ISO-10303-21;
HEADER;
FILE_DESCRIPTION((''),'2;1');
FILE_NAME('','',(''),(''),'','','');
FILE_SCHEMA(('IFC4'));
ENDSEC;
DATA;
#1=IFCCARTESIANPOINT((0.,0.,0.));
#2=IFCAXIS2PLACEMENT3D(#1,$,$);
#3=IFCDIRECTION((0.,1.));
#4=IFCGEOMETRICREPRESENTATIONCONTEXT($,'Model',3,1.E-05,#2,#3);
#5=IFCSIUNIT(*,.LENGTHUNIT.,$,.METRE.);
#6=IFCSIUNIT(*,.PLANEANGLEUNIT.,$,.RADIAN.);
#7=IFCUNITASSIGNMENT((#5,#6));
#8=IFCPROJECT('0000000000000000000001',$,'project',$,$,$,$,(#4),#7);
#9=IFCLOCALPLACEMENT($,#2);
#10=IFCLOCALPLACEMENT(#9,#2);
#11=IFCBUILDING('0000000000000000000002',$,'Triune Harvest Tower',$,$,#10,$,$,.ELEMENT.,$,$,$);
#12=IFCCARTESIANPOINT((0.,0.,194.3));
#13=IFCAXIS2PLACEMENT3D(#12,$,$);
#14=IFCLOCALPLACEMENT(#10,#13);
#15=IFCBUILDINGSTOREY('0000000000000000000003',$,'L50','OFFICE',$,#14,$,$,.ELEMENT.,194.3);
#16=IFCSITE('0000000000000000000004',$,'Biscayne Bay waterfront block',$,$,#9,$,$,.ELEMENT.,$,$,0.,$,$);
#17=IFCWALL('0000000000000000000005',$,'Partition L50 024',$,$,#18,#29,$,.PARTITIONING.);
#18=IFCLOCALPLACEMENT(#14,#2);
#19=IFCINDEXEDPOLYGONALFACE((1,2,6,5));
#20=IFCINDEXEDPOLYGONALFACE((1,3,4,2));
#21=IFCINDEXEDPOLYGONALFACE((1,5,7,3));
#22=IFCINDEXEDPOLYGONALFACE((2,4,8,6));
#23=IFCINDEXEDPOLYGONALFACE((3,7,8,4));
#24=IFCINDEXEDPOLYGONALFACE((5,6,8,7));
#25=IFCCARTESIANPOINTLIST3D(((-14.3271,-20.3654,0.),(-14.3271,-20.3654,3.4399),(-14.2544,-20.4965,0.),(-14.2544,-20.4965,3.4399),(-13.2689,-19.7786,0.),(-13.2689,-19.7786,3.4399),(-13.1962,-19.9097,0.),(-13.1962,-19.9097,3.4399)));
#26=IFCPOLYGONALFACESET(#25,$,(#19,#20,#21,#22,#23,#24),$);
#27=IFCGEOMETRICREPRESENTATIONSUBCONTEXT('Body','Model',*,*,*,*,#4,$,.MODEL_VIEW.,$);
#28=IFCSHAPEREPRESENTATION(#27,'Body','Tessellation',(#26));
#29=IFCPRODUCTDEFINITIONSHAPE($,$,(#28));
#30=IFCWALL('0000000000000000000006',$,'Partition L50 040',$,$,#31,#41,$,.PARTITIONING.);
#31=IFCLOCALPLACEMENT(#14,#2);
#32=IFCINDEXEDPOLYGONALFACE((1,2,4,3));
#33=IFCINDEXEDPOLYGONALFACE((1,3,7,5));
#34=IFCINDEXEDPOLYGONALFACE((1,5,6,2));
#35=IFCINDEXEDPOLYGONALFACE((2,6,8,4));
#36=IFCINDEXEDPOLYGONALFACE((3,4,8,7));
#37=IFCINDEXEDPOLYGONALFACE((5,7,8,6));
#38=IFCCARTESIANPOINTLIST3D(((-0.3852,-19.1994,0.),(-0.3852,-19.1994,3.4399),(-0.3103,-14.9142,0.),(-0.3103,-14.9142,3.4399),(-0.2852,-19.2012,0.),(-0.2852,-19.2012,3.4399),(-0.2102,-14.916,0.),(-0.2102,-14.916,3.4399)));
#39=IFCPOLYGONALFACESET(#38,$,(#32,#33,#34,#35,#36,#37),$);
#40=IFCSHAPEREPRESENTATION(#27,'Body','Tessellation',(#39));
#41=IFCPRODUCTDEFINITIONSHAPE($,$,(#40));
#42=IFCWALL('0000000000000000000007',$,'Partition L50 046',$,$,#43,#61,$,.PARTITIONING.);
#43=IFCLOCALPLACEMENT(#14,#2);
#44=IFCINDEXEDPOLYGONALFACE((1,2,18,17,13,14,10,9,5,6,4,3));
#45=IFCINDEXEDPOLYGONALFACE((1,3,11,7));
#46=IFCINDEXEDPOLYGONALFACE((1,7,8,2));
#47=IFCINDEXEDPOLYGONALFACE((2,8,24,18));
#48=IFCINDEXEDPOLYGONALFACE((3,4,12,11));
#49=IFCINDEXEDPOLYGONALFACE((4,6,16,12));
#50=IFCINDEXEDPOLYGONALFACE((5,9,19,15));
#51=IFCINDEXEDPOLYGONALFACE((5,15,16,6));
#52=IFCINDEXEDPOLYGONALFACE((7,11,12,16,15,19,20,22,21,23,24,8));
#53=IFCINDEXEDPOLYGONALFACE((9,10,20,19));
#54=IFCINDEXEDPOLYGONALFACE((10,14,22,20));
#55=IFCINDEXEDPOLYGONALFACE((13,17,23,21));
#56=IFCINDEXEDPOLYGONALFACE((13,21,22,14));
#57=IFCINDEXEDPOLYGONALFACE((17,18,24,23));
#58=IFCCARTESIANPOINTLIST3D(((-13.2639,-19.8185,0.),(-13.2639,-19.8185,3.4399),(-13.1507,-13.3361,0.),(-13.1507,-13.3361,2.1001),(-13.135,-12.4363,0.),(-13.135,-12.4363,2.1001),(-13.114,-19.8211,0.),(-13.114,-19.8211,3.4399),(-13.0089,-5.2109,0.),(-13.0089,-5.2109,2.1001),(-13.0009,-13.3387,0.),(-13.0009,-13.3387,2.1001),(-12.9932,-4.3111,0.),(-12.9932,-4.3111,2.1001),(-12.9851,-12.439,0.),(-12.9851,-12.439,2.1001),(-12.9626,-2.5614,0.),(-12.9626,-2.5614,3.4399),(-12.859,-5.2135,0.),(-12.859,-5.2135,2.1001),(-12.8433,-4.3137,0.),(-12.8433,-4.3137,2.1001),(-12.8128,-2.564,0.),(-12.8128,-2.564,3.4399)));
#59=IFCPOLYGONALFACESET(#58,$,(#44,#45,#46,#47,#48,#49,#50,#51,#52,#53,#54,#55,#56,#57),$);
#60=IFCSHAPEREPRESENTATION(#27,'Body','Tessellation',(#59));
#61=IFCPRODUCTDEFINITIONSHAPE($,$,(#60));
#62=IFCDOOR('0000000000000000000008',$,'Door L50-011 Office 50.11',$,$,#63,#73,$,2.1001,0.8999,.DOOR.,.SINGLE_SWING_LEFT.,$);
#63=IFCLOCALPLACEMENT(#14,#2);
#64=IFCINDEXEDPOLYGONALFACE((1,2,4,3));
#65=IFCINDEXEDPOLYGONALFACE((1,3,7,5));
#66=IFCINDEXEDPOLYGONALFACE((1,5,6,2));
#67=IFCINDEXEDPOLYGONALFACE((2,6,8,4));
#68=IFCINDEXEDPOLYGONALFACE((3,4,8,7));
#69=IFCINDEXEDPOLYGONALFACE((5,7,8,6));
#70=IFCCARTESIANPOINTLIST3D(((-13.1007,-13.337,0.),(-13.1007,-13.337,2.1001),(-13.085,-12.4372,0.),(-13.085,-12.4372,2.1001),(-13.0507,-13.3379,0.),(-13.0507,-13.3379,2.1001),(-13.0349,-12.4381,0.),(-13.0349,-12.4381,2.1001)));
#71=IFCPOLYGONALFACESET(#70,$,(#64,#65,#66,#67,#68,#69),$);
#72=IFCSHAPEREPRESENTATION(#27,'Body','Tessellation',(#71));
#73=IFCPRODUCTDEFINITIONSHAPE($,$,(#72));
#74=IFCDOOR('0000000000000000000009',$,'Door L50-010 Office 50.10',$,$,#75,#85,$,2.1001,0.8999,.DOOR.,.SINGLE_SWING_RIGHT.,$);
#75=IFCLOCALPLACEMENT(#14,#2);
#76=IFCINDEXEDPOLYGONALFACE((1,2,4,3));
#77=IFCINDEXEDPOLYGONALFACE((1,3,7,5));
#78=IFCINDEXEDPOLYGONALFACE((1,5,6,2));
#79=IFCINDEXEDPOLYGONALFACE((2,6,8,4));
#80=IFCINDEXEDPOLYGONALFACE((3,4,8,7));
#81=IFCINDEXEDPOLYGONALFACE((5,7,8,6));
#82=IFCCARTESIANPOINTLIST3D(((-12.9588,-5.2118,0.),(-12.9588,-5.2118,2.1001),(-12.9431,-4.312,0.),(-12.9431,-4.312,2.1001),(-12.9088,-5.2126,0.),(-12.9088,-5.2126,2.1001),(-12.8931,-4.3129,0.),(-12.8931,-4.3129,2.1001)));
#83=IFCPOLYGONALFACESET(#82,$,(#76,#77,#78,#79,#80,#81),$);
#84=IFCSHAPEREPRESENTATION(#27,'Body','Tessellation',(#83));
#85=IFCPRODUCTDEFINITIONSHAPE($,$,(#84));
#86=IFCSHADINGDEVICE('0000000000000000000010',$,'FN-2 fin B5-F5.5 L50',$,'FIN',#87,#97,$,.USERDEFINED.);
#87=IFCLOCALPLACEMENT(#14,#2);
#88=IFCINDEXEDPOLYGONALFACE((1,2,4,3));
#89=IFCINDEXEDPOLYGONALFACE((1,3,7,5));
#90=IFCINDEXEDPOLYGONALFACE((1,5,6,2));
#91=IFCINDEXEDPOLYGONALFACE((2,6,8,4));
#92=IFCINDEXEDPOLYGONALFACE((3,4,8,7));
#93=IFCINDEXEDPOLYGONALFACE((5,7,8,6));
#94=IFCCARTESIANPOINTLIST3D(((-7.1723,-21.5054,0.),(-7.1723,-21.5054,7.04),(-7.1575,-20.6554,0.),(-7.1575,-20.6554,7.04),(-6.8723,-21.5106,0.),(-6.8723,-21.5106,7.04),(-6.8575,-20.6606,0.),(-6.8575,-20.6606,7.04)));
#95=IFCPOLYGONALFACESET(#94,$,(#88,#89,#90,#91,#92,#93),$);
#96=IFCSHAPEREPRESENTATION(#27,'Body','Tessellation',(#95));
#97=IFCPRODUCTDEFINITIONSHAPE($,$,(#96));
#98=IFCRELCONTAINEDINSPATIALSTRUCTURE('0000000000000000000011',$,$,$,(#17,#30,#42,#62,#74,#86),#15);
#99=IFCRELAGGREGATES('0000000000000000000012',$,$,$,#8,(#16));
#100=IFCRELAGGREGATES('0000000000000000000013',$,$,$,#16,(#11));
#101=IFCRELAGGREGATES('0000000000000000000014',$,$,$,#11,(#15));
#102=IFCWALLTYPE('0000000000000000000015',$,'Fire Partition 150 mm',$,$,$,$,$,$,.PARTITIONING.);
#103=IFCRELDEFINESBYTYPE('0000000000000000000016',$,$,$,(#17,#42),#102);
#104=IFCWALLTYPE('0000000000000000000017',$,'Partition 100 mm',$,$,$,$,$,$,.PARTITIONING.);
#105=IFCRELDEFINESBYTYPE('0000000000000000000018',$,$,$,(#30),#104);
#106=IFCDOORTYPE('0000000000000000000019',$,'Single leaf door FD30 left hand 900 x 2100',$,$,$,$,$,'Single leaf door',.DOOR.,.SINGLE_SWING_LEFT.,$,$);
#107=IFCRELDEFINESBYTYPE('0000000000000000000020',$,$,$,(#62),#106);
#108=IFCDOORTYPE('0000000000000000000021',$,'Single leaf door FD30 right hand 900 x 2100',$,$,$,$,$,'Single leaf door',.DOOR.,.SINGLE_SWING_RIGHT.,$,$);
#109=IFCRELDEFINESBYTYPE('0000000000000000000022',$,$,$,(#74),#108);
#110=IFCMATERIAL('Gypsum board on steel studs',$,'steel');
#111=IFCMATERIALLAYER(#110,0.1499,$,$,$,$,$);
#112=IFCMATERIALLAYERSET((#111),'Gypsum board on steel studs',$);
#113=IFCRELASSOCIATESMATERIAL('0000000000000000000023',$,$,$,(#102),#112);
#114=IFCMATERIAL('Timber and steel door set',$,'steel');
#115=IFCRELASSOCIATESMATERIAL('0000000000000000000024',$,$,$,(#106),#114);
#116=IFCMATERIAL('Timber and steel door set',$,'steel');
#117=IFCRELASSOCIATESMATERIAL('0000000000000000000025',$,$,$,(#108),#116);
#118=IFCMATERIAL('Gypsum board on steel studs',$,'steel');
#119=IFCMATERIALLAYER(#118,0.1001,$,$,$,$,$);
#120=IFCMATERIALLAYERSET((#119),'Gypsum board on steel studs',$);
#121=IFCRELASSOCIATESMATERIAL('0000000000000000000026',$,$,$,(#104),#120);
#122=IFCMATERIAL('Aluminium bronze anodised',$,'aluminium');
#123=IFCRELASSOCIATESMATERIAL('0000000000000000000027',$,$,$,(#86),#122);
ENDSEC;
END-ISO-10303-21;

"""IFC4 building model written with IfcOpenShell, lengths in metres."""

from ifc_helpers import new_model, si_unit, direction, frame, frame_2d, origin, origin_2d, place, context, subcontext, project, spatial, rectangle, extrude, source, transform, mapped, material, layer, layer_set, type_object, element, fill, save


model = new_model("IFC4")

# Units and contexts
model_context = context("Model", 3, precision=1e-05, world=origin(), true_north=direction((0.0, 1.0)))
body_context = subcontext(model_context, "Body", "Model", "MODEL_VIEW")
ifc_project = project(units=[si_unit("LENGTHUNIT", "METRE"), si_unit("PLANEANGLEUNIT", "RADIAN")], contexts=[model_context])

# Site, building, storey
site_placement = place(None, origin())
site = spatial("IfcSite", under=ifc_project, at=site_placement, Name="Biscayne Bay waterfront block", CompositionType="ELEMENT", RefElevation=0.0)
building_placement = place(site_placement, origin())
building = spatial("IfcBuilding", under=site, at=building_placement, Name="Triune Harvest Tower", CompositionType="ELEMENT")
storey_placement = place(building_placement, frame((0.0, 0.0, 194.3)))
storey = spatial("IfcBuildingStorey", under=building, at=storey_placement, Name="L50", Description="OFFICE", CompositionType="ELEMENT", Elevation=194.3)

# Shared definitions
ifc_material_1 = material(Name="Gypsum board on steel studs", Category="steel")
ifc_layer_1 = layer(ifc_material_1, 0.1499)
ifc_layer_set_1 = layer_set([ifc_layer_1], Name="Gypsum board on steel studs")
wall_type_1 = type_object("IfcWallType", Name="Fire Partition 150 mm", PredefinedType="PARTITIONING", material=ifc_layer_set_1)
ifc_material_2 = material(Name="Timber and steel door set", Category="steel")
door_type_1 = type_object("IfcDoorType", Name="Single leaf door FD30 left hand 900 x 2100", ElementType="Single leaf door", OperationType="SINGLE_SWING_LEFT", PredefinedType="DOOR", material=ifc_material_2)
ifc_material_3 = material(Name="Timber and steel door set", Category="steel")
door_type_2 = type_object("IfcDoorType", Name="Single leaf door FD30 right hand 900 x 2100", ElementType="Single leaf door", OperationType="SINGLE_SWING_RIGHT", PredefinedType="DOOR", material=ifc_material_3)

# Walls
ifc_material_4 = material(Name="Gypsum board on steel studs", Category="steel")
ifc_layer_2 = layer(ifc_material_4, 0.1001)
ifc_layer_set_2 = layer_set([ifc_layer_2], Name="Gypsum board on steel studs")
wall_type_2 = type_object("IfcWallType", Name="Partition 100 mm", PredefinedType="PARTITIONING", material=ifc_layer_set_2)
shared_shape_1 = source(origin(), body_context, "Body", "SweptSolid", [
    extrude(rectangle(XDim=1.21, YDim=0.1499, at=frame_2d((0.605, 0.0))), origin(), (0.0, 0.0, 1.0), 3.4399),
])
wall_1_placement = place(storey_placement, frame((-14.2908, -20.4309, 0.0), z_axis=(0.0, 0.0, 1.0), x_axis=(0.874566, 0.484906, 0.0)))
element("IfcWall", 1, at=wall_1_placement, inside=storey, type_object=wall_type_1, Name="Partition L50 024", PredefinedType="PARTITIONING", context=body_context, shape_type="MappedRepresentation", body=[
    mapped(shared_shape_1, transform((0.0, 0.0, 0.0), scale=1.0)),
])
shared_shape_2 = source(origin(), body_context, "Body", "SweptSolid", [
    extrude(rectangle(XDim=4.2859, YDim=0.1001, at=frame_2d((2.1431, 0.0))), origin(), (0.0, 0.0, 1.0), 3.4399),
])
wall_2_placement = place(storey_placement, frame((-0.3352, -19.2004, 0.0), z_axis=(0.0, 0.0, 1.0), x_axis=(0.017488, 0.999847, 0.0)))
element("IfcWall", 2, at=wall_2_placement, inside=storey, type_object=wall_type_2, Name="Partition L50 040", PredefinedType="PARTITIONING", context=body_context, shape_type="MappedRepresentation", body=[
    mapped(shared_shape_2, transform((0.0, 0.0, 0.0), scale=1.0)),
])

# Wall, openings, doors
shared_shape_3 = source(origin(), body_context, "Body", "SweptSolid", [
    extrude(rectangle(XDim=17.2598, YDim=0.1499, at=frame_2d((8.6299, 0.0))), origin(), (0.0, 0.0, 1.0), 3.4399),
])
wall_3_placement = place(storey_placement, frame((-13.189, -19.8198, 0.0), z_axis=(0.0, 0.0, 1.0), x_axis=(0.017455, 0.999848, 0.0)))
wall_3 = element("IfcWall", 3, at=wall_3_placement, inside=storey, type_object=wall_type_1, Name="Partition L50 046", PredefinedType="PARTITIONING", context=body_context, shape_type="MappedRepresentation", body=[
    mapped(shared_shape_3, transform((0.0, 0.0, 0.0), scale=1.0)),
])
opening_1_placement = place(wall_3_placement, frame((14.6099, 0.0, 0.0)))
opening_1 = element("IfcOpeningElement", 4, at=opening_1_placement, cuts=wall_3, PredefinedType="OPENING", context=body_context, shape_type="SweptSolid", body=[
    extrude(rectangle(XDim=0.8999, YDim=2.1001, at=frame_2d((0.45, 1.05))), frame((0.0, 0.085, 0.0), z_axis=(0.0, -1.0, 0.0), x_axis=(1.0, 0.0, 0.0)), (0.0, 0.0, 1.0), 0.1699),
])
opening_2_placement = place(wall_3_placement, frame((6.4834, 0.0, 0.0)))
opening_2 = element("IfcOpeningElement", 5, at=opening_2_placement, cuts=wall_3, PredefinedType="OPENING", context=body_context, shape_type="SweptSolid", body=[
    extrude(rectangle(XDim=0.8999, YDim=2.1001, at=frame_2d((0.45, 1.05))), frame((0.0, 0.085, 0.0), z_axis=(0.0, -1.0, 0.0), x_axis=(1.0, 0.0, 0.0)), (0.0, 0.0, 1.0), 0.1699),
])
door_1_placement = place(opening_2_placement, origin())
door_1 = element("IfcDoor", 6, at=door_1_placement, inside=storey, type_object=door_type_1, Name="Door L50-011 Office 50.11", OperationType="SINGLE_SWING_LEFT", OverallHeight=2.1001, OverallWidth=0.8999, PredefinedType="DOOR", context=body_context, shape_type="SweptSolid", body=[
    extrude(rectangle(XDim=0.8999, YDim=2.1001, at=frame_2d((0.45, 1.05))), frame((0.0, 0.0249, 0.0), z_axis=(0.0, -1.0, 0.0), x_axis=(1.0, 0.0, 0.0)), (0.0, 0.0, 1.0), 0.05),
])
fill(opening_2, door_1)
door_2_placement = place(opening_1_placement, origin())
door_2 = element("IfcDoor", 7, at=door_2_placement, inside=storey, type_object=door_type_2, Name="Door L50-010 Office 50.10", OperationType="SINGLE_SWING_RIGHT", OverallHeight=2.1001, OverallWidth=0.8999, PredefinedType="DOOR", context=body_context, shape_type="SweptSolid", body=[
    extrude(rectangle(XDim=0.8999, YDim=2.1001, at=frame_2d((0.45, 1.05))), frame((0.0, 0.0249, 0.0), z_axis=(0.0, -1.0, 0.0), x_axis=(1.0, 0.0, 0.0)), (0.0, 0.0, 1.0), 0.05),
])
fill(opening_1, door_2)

# Shading device
ifc_material_5 = material(Name="Aluminium bronze anodised", Category="aluminium")
shared_shape_4 = source(origin(), body_context, "Body", "SweptSolid", [
    extrude(rectangle(XDim=0.3, YDim=0.8501, at=origin_2d()), origin(), (0.0, 0.0, 1.0), 7.04),
])
shading_device_placement = place(storey_placement, frame((-7.0149, -21.083, 0.0), z_axis=(0.0, 0.0, 1.0), x_axis=(0.999848, -0.017452, 0.0)))
element("IfcShadingDevice", 8, at=shading_device_placement, inside=storey, material=ifc_material_5, Name="FN-2 fin B5-F5.5 L50", ObjectType="FIN", PredefinedType="USERDEFINED", context=body_context, shape_type="MappedRepresentation", body=[
    mapped(shared_shape_4, transform((0.0, 0.0, 0.0), scale=1.0)),
])

save(model, "model.ifc")
